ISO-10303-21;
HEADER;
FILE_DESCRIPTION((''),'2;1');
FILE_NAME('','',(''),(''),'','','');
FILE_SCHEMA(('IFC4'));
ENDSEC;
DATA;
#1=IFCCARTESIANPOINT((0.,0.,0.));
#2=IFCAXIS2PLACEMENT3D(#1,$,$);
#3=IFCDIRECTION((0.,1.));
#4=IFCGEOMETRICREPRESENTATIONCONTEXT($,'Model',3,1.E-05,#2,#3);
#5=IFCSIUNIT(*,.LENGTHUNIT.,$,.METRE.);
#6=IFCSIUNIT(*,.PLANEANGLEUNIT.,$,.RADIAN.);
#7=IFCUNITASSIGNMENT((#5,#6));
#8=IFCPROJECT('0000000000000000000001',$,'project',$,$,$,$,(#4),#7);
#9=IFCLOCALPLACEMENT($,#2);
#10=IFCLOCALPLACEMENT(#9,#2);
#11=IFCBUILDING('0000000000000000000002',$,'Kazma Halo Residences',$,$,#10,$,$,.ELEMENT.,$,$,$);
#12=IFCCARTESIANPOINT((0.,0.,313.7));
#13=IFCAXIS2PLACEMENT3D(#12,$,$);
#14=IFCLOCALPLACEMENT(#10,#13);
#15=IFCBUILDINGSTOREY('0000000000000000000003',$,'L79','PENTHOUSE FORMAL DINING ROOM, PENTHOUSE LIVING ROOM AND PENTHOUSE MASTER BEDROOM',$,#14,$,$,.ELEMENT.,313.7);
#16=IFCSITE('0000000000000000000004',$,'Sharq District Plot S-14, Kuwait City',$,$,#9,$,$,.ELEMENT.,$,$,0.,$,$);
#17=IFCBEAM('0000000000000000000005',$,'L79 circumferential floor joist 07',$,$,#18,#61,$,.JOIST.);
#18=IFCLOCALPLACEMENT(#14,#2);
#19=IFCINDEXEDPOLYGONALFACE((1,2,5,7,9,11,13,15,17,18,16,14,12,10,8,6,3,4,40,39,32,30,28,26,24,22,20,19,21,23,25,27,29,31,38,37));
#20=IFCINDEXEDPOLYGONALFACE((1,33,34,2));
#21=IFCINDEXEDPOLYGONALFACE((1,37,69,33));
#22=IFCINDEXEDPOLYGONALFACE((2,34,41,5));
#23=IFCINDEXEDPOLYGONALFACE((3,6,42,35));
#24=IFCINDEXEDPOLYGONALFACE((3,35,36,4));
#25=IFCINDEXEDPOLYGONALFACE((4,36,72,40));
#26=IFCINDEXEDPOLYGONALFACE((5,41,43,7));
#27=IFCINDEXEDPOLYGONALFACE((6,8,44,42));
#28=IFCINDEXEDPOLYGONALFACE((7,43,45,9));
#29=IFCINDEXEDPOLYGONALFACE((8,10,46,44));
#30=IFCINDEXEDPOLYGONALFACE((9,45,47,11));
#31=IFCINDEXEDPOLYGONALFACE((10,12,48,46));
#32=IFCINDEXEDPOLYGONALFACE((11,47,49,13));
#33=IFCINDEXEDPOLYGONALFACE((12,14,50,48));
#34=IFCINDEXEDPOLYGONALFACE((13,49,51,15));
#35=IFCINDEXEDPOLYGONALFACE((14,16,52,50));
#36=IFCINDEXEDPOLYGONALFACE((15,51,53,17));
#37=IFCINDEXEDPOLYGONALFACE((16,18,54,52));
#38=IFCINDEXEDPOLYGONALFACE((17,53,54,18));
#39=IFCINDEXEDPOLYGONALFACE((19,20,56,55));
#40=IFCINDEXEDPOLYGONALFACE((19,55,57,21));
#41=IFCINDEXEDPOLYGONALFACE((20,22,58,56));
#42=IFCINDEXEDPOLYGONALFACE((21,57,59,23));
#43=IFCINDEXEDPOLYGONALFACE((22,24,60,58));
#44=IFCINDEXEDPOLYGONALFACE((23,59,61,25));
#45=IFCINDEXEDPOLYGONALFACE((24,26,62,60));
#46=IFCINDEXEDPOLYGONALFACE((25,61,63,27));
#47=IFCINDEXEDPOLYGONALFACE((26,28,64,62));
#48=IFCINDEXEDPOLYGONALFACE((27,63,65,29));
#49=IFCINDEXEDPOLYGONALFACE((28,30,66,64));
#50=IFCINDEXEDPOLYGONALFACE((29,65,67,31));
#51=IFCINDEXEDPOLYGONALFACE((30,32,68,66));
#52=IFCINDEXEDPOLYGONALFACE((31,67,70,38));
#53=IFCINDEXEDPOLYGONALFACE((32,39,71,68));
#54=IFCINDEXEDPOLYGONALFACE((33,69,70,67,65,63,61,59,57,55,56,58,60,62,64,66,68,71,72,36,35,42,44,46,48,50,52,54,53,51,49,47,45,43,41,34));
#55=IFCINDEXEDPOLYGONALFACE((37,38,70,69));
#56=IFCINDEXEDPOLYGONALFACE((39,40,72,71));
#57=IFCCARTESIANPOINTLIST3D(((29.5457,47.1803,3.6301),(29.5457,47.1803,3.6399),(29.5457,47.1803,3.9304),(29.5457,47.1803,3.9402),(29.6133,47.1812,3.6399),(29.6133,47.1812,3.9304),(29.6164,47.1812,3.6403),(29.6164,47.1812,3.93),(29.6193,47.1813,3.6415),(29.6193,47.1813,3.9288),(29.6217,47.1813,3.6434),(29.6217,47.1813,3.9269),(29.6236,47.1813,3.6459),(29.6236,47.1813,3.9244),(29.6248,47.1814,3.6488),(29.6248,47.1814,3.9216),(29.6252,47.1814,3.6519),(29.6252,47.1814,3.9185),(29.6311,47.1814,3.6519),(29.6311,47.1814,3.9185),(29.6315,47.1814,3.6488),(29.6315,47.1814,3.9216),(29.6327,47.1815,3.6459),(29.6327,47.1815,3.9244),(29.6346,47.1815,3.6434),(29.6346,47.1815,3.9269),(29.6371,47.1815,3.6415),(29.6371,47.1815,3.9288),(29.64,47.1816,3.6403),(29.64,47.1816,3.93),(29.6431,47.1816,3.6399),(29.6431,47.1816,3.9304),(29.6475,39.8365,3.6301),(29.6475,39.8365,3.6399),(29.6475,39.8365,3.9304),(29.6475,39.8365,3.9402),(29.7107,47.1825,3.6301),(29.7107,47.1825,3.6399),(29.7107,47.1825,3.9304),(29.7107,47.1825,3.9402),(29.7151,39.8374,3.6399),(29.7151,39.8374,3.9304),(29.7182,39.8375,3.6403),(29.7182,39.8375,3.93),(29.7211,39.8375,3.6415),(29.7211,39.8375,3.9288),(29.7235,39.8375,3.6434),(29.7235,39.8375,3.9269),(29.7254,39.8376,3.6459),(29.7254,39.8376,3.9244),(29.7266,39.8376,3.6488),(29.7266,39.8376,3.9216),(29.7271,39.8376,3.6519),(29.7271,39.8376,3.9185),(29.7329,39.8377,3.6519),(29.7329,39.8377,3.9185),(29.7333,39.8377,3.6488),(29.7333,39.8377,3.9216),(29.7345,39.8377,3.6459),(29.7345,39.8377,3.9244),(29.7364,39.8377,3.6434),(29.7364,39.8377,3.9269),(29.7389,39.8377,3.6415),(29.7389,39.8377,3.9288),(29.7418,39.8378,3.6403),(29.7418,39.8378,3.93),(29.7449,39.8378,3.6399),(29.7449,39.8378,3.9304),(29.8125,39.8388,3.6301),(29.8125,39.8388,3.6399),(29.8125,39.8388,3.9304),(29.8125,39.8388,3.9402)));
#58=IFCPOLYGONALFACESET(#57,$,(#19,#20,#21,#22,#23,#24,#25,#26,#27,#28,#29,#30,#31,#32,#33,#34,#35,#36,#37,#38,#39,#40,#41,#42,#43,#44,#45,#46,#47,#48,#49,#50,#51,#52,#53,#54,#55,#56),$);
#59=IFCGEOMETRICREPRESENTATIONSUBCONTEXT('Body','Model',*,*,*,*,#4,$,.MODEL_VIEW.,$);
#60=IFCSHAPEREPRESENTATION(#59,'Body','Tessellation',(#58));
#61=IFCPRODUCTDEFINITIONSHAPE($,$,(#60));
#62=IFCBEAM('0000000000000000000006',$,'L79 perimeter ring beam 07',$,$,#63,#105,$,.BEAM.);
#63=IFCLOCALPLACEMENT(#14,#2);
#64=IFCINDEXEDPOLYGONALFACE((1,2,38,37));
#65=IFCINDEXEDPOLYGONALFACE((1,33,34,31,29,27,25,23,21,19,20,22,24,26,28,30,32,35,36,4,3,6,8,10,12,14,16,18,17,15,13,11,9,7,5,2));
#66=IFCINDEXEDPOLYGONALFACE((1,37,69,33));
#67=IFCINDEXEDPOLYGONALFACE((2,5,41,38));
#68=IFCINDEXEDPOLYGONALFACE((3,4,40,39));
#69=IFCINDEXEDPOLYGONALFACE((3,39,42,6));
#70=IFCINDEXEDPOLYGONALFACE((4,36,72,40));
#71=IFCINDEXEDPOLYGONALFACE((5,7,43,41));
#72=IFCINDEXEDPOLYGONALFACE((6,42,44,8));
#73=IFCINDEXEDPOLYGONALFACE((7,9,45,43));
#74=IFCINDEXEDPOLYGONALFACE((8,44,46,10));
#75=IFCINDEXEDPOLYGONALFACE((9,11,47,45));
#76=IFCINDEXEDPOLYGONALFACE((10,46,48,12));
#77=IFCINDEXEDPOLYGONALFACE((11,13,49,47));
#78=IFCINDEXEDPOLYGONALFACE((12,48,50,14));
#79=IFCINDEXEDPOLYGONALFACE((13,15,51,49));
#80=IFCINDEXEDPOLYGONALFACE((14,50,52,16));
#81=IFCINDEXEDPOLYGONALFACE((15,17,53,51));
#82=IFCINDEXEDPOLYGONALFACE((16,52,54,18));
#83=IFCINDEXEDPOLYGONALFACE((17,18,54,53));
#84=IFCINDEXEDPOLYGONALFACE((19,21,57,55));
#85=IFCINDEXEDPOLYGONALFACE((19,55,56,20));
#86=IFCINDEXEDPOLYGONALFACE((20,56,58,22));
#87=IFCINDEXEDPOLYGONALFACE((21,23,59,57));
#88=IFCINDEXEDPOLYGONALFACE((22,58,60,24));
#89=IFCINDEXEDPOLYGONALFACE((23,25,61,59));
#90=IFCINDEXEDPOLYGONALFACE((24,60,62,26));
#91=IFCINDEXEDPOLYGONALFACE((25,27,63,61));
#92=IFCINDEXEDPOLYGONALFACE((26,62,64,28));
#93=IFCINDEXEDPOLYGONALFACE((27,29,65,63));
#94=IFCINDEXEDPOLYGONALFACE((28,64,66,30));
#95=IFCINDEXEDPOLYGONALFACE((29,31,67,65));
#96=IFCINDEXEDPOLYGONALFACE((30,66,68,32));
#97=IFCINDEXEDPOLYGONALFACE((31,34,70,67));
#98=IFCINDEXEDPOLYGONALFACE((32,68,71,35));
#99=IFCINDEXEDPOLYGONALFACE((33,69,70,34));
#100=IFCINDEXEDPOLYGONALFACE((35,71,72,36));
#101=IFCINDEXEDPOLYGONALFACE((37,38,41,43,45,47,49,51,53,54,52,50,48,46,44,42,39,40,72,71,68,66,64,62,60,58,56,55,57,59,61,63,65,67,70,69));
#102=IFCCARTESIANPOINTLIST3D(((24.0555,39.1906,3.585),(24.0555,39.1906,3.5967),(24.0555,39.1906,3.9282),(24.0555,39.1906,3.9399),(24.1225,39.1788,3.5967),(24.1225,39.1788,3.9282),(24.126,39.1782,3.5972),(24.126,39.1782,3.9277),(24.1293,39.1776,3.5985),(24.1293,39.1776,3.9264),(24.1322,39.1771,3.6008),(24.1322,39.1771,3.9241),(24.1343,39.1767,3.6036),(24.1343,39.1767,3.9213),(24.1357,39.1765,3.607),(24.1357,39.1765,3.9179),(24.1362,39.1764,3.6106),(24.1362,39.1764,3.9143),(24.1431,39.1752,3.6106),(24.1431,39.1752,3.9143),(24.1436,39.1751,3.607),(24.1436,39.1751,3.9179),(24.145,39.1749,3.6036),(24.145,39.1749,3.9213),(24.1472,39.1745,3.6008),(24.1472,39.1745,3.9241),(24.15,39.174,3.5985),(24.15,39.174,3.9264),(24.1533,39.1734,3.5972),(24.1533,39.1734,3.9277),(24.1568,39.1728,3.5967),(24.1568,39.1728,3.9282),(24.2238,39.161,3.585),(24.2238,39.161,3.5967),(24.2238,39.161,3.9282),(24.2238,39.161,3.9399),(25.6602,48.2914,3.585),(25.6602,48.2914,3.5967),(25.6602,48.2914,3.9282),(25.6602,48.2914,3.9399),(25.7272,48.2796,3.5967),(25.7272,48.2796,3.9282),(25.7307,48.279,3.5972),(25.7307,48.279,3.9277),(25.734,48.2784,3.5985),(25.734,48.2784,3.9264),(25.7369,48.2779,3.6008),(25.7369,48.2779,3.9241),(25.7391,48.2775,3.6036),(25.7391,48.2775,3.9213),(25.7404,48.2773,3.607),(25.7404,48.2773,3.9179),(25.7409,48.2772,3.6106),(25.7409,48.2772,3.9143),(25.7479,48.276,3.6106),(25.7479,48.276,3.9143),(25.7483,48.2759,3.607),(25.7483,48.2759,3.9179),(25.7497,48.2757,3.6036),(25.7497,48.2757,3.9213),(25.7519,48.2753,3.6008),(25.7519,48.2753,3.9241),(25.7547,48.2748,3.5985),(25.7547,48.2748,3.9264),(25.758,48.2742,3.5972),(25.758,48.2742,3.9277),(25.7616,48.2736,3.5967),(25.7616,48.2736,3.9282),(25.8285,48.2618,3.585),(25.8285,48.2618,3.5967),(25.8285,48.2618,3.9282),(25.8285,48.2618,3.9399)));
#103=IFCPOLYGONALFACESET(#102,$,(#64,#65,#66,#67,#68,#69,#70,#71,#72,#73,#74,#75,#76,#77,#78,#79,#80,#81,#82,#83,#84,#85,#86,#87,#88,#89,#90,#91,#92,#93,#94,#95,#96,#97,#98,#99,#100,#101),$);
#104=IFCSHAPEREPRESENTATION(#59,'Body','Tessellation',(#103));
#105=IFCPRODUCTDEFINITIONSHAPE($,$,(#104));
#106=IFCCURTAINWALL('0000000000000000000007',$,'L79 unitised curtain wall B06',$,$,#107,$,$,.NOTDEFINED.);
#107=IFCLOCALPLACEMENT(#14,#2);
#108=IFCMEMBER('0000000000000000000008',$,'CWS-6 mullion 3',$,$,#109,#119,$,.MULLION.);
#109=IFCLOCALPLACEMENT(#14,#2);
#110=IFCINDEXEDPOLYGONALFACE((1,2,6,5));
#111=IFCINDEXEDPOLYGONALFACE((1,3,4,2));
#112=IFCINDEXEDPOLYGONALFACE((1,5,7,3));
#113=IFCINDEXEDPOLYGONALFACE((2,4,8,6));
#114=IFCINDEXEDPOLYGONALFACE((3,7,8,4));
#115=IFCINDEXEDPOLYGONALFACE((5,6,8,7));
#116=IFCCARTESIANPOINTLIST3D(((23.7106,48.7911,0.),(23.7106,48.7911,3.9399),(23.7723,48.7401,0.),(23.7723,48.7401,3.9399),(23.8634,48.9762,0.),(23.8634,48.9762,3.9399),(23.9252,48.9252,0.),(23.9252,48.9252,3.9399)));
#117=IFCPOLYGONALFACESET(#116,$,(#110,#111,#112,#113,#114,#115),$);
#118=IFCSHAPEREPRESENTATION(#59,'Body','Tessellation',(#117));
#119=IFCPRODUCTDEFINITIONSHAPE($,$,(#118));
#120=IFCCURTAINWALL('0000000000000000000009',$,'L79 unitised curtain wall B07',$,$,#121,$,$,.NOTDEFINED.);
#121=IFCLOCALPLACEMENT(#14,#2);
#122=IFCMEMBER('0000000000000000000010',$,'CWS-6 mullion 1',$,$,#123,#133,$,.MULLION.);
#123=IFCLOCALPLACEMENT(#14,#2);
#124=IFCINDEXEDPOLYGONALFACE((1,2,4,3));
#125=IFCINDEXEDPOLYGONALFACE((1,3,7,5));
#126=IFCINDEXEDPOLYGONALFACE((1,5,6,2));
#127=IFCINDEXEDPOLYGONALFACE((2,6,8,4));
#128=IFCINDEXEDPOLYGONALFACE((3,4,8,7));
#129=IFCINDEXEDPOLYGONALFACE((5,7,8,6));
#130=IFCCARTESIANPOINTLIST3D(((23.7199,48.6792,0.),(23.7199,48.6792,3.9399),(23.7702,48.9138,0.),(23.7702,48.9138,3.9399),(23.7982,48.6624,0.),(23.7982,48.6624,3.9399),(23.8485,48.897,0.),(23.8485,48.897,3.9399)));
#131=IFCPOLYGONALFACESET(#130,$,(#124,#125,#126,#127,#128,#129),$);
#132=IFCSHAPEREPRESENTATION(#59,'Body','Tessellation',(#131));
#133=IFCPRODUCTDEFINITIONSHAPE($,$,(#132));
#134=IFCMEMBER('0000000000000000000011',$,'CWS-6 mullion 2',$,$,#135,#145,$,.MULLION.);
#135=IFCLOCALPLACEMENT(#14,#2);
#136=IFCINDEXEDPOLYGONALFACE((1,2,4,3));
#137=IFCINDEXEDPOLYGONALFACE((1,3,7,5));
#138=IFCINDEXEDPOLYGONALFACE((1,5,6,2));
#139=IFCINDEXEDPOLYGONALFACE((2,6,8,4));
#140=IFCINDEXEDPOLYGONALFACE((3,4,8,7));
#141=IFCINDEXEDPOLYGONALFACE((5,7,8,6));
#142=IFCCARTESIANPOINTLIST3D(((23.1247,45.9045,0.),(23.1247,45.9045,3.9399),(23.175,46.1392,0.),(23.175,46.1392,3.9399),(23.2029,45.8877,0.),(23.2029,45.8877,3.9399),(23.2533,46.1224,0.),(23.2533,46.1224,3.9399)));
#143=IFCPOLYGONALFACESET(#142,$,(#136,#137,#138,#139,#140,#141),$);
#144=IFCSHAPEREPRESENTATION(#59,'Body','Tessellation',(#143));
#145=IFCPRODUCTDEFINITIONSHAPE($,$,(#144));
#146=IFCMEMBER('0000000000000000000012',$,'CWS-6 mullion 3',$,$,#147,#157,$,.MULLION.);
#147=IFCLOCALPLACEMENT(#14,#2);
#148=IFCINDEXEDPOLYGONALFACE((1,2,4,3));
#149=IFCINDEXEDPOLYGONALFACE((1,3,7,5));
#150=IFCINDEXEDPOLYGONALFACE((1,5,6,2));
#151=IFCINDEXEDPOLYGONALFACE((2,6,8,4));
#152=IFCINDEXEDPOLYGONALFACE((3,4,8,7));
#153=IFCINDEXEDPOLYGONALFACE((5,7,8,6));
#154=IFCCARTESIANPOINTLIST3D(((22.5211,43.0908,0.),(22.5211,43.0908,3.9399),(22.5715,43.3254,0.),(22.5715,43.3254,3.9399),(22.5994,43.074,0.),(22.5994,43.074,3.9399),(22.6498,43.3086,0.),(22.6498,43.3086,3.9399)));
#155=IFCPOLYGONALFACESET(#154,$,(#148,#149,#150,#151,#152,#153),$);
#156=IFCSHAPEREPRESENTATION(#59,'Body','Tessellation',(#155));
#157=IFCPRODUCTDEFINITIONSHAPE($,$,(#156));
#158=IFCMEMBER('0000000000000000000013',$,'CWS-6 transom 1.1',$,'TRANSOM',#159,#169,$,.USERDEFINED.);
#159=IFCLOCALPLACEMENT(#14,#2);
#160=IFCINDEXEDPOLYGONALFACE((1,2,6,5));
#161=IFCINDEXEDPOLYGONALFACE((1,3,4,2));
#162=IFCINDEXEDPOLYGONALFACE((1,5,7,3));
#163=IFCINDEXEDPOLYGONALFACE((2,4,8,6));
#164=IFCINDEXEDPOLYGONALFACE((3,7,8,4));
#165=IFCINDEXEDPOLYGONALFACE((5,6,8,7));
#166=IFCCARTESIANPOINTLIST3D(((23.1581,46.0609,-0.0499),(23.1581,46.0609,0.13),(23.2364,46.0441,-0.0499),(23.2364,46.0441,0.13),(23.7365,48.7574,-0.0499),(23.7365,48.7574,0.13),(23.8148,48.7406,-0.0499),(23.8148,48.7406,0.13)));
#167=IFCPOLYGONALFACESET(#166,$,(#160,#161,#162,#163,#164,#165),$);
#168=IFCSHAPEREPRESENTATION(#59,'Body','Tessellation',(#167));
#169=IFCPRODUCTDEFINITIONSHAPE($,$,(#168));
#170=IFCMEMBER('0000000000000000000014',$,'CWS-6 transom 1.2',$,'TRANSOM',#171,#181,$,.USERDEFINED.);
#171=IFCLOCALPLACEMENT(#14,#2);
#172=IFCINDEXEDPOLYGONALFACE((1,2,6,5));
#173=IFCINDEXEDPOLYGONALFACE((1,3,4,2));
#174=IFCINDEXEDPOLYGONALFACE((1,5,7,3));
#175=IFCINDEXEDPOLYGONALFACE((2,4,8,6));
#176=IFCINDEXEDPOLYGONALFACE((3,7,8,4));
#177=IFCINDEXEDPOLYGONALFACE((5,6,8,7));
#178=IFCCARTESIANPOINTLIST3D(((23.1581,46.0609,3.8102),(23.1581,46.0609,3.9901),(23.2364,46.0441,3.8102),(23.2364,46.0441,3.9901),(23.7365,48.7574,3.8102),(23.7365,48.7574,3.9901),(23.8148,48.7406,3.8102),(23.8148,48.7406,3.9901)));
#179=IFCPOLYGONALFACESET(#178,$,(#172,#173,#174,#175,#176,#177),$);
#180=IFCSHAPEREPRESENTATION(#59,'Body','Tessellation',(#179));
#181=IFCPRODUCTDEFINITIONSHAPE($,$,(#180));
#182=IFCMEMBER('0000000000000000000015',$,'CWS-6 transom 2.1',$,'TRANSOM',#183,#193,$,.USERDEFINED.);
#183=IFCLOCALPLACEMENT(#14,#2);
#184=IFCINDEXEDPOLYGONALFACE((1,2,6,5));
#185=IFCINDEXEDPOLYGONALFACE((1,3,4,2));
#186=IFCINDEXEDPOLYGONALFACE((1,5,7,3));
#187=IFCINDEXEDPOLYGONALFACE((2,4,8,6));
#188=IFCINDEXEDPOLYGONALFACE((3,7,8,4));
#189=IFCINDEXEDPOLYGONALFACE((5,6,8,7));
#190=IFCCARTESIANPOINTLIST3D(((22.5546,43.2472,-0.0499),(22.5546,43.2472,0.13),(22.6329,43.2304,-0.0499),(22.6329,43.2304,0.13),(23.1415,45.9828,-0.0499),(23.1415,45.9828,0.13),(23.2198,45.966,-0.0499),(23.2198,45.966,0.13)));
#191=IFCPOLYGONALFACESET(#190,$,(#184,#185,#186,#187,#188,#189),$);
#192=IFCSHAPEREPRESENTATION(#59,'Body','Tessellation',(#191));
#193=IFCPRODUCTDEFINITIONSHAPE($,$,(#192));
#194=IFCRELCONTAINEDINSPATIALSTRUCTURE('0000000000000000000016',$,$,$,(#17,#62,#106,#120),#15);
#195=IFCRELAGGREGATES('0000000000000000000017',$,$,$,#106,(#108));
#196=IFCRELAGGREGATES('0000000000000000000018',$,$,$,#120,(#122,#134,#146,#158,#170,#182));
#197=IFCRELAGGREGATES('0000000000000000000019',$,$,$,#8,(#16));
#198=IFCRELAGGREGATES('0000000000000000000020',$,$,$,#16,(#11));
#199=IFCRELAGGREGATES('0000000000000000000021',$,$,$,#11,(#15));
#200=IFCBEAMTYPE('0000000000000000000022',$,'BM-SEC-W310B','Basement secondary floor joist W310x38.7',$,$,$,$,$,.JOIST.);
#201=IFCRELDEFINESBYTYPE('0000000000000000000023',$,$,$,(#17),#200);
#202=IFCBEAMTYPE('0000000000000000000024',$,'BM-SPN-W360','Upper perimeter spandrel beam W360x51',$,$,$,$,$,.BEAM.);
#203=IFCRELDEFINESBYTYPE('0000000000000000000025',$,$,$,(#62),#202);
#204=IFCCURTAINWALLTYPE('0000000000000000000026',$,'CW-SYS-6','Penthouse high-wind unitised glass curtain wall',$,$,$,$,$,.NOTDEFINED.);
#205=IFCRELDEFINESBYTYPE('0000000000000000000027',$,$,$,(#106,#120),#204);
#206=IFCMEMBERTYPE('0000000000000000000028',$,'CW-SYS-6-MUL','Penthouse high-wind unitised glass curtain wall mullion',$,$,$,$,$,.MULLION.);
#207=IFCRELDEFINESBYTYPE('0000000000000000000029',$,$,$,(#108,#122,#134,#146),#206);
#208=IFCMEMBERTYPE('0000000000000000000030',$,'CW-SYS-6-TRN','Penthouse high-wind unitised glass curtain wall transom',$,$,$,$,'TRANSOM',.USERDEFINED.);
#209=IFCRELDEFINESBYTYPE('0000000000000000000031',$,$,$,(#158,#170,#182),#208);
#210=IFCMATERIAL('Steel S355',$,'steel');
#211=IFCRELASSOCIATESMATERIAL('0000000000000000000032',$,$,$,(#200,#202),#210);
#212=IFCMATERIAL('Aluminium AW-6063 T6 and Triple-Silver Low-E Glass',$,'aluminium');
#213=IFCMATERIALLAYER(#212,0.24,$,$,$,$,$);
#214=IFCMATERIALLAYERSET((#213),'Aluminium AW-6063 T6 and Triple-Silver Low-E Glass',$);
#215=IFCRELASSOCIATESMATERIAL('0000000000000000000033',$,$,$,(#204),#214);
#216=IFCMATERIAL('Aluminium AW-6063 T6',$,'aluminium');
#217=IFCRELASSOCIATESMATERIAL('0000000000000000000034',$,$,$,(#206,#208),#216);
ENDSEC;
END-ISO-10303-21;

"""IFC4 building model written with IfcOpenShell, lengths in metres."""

from ifc_helpers import new_model, si_unit, direction, frame, origin, origin_2d, place, context, subcontext, project, spatial, rectangle, i_section, extrude, material, layer, layer_set, material_profile, profile_set, type_object, element, aggregate, save


model = new_model("IFC4")

# Units and contexts
model_context = context("Model", 3, precision=1e-05, world=origin(), true_north=direction((0.0, 1.0)))
body_context = subcontext(model_context, "Body", "Model", "MODEL_VIEW")
ifc_project = project(units=[si_unit("LENGTHUNIT", "METRE"), si_unit("PLANEANGLEUNIT", "RADIAN")], contexts=[model_context])

# Site, building, storey
site_placement = place(None, origin())
site = spatial("IfcSite", under=ifc_project, at=site_placement, Name="Sharq District Plot S-14, Kuwait City", CompositionType="ELEMENT", RefElevation=0.0)
building_placement = place(site_placement, origin())
building = spatial("IfcBuilding", under=site, at=building_placement, Name="Kazma Halo Residences", CompositionType="ELEMENT")
storey_placement = place(building_placement, frame((0.0, 0.0, 313.7)))
storey = spatial("IfcBuildingStorey", under=building, at=storey_placement, Name="L79", Description="PENTHOUSE FORMAL DINING ROOM, PENTHOUSE LIVING ROOM AND PENTHOUSE MASTER BEDROOM", CompositionType="ELEMENT", Elevation=313.7)

# Beams
ifc_material_1 = material(Name="Steel S355", Category="steel")
ifc_material_profile_1 = material_profile(ifc_material_1, i_section(OverallWidth=0.165, OverallDepth=0.3101, WebThickness=0.0059, FlangeThickness=0.0098, FilletRadius=0.012, at=origin_2d()), Name="W310x38.7")
ifc_profile_set_1 = profile_set([ifc_material_profile_1], Name="Steel S355")
beam_type_1 = type_object("IfcBeamType", Name="BM-SEC-W310B", Description="Basement secondary floor joist W310x38.7", PredefinedType="JOIST", material=ifc_profile_set_1)
beam_1_placement = place(storey_placement, frame((29.6282, 47.1814, 3.7852), z_axis=(0.013862, -0.999904, 0.0), x_axis=(0.999904, 0.013862, 0.0)))
element("IfcBeam", 1, at=beam_1_placement, inside=storey, type_object=beam_type_1, Name="L79 circumferential floor joist 07", PredefinedType="JOIST", context=body_context, shape_type="SweptSolid", body=[
    extrude(i_section(OverallWidth=0.165, OverallDepth=0.3101, WebThickness=0.0059, FlangeThickness=0.0098, FilletRadius=0.012, at=origin_2d()), origin(), (0.0, 0.0, 1.0), 7.3445),
])
ifc_material_profile_2 = material_profile(ifc_material_1, i_section(OverallWidth=0.1709, OverallDepth=0.355, WebThickness=0.0071, FlangeThickness=0.0117, FilletRadius=0.0139, at=origin_2d()), Name="W360x51")
ifc_profile_set_2 = profile_set([ifc_material_profile_2], Name="Steel S355")
beam_type_2 = type_object("IfcBeamType", Name="BM-SPN-W360", Description="Upper perimeter spandrel beam W360x51", PredefinedType="BEAM", material=ifc_profile_set_2)
beam_2_placement = place(storey_placement, frame((25.7444, 48.2766, 3.7625), z_axis=(-0.17365, -0.984807, 0.0), x_axis=(0.984807, -0.17365, 0.0)))
element("IfcBeam", 2, at=beam_2_placement, inside=storey, type_object=beam_type_2, Name="L79 perimeter ring beam 07", PredefinedType="BEAM", context=body_context, shape_type="SweptSolid", body=[
    extrude(i_section(OverallWidth=0.1709, OverallDepth=0.355, WebThickness=0.0071, FlangeThickness=0.0117, FilletRadius=0.0139, at=origin_2d()), origin(), (0.0, 0.0, 1.0), 9.2412),
])

# Curtain wall, member
ifc_material_2 = material(Name="Aluminium AW-6063 T6 and Triple-Silver Low-E Glass", Category="aluminium")
ifc_layer_1 = layer(ifc_material_2, 0.24)
ifc_layer_set_1 = layer_set([ifc_layer_1], Name="Aluminium AW-6063 T6 and Triple-Silver Low-E Glass")
curtain_wall_type = type_object("IfcCurtainWallType", Name="CW-SYS-6", Description="Penthouse high-wind unitised glass curtain wall", PredefinedType="NOTDEFINED", material=ifc_layer_set_1)
curtain_wall_1_placement = place(storey_placement, origin())
curtain_wall_1 = element("IfcCurtainWall", 3, at=curtain_wall_1_placement, inside=storey, type_object=curtain_wall_type, Name="L79 unitised curtain wall B06", PredefinedType="NOTDEFINED")
ifc_material_3 = material(Name="Aluminium AW-6063 T6", Category="aluminium")
ifc_material_profile_3 = material_profile(ifc_material_3, rectangle(XDim=0.0801, YDim=0.24, at=origin_2d()), Name="CWM-80x240")
ifc_profile_set_3 = profile_set([ifc_material_profile_3], Name="Aluminium AW-6063 T6")
member_type_1 = type_object("IfcMemberType", Name="CW-SYS-6-MUL", Description="Penthouse high-wind unitised glass curtain wall mullion", PredefinedType="MULLION", material=ifc_profile_set_3)
member_1_placement = place(storey_placement, frame((23.8179, 48.8582, 0.0), z_axis=(0.0, 0.0, 1.0), x_axis=(0.771014, -0.636818, 0.0)))
member_1 = element("IfcMember", 4, at=member_1_placement, type_object=member_type_1, Name="CWS-6 mullion 3", PredefinedType="MULLION", context=body_context, shape_type="SweptSolid", body=[
    extrude(rectangle(XDim=0.0801, YDim=0.24, at=origin_2d()), origin(), (0.0, 0.0, 1.0), 3.9399),
])
aggregate(curtain_wall_1, [member_1])

# Curtain wall, members
curtain_wall_2_placement = place(storey_placement, origin())
curtain_wall_2 = element("IfcCurtainWall", 5, at=curtain_wall_2_placement, inside=storey, type_object=curtain_wall_type, Name="L79 unitised curtain wall B07", PredefinedType="NOTDEFINED")
member_2_placement = place(storey_placement, frame((23.7842, 48.7881, 0.0), z_axis=(0.0, 0.0, 1.0), x_axis=(0.977761, -0.209723, 0.0)))
member_2 = element("IfcMember", 6, at=member_2_placement, type_object=member_type_1, Name="CWS-6 mullion 1", PredefinedType="MULLION", context=body_context, shape_type="SweptSolid", body=[
    extrude(rectangle(XDim=0.0801, YDim=0.24, at=origin_2d()), origin(), (0.0, 0.0, 1.0), 3.9399),
])
member_3_placement = place(storey_placement, frame((23.189, 46.0134, 0.0), z_axis=(0.0, 0.0, 1.0), x_axis=(0.977761, -0.209723, 0.0)))
member_3 = element("IfcMember", 7, at=member_3_placement, type_object=member_type_1, Name="CWS-6 mullion 2", PredefinedType="MULLION", context=body_context, shape_type="SweptSolid", body=[
    extrude(rectangle(XDim=0.0801, YDim=0.24, at=origin_2d()), origin(), (0.0, 0.0, 1.0), 3.9399),
])
member_4_placement = place(storey_placement, frame((22.5854, 43.1997, 0.0), z_axis=(0.0, 0.0, 1.0), x_axis=(0.977761, -0.209723, 0.0)))
member_4 = element("IfcMember", 8, at=member_4_placement, type_object=member_type_1, Name="CWS-6 mullion 3", PredefinedType="MULLION", context=body_context, shape_type="SweptSolid", body=[
    extrude(rectangle(XDim=0.0801, YDim=0.24, at=origin_2d()), origin(), (0.0, 0.0, 1.0), 3.9399),
])
ifc_material_profile_4 = material_profile(ifc_material_3, rectangle(XDim=0.0801, YDim=0.1799, at=origin_2d()), Name="CWT-80x180")
ifc_profile_set_4 = profile_set([ifc_material_profile_4], Name="Aluminium AW-6063 T6")
member_type_2 = type_object("IfcMemberType", Name="CW-SYS-6-TRN", Description="Penthouse high-wind unitised glass curtain wall transom", ElementType="TRANSOM", PredefinedType="USERDEFINED", material=ifc_profile_set_4)
member_5_placement = place(storey_placement, frame((23.7756, 48.749, 0.04), z_axis=(-0.209716, -0.977762, 0.0), x_axis=(0.977762, -0.209716, 0.0)))
member_5 = element("IfcMember", 9, at=member_5_placement, type_object=member_type_2, Name="CWS-6 transom 1.1", ObjectType="TRANSOM", PredefinedType="USERDEFINED", context=body_context, shape_type="SweptSolid", body=[
    extrude(rectangle(XDim=0.0801, YDim=0.1799, at=origin_2d()), origin(), (0.0, 0.0, 1.0), 2.7578),
])
member_6_placement = place(storey_placement, frame((23.7756, 48.749, 3.9001), z_axis=(-0.209716, -0.977762, 0.0), x_axis=(0.977762, -0.209716, 0.0)))
member_6 = element("IfcMember", 10, at=member_6_placement, type_object=member_type_2, Name="CWS-6 transom 1.2", ObjectType="TRANSOM", PredefinedType="USERDEFINED", context=body_context, shape_type="SweptSolid", body=[
    extrude(rectangle(XDim=0.0801, YDim=0.1799, at=origin_2d()), origin(), (0.0, 0.0, 1.0), 2.7578),
])
member_7_placement = place(storey_placement, frame((23.1807, 45.9744, 0.04), z_axis=(-0.209773, -0.97775, 0.0), x_axis=(0.97775, -0.209773, 0.0)))
member_7 = element("IfcMember", 11, at=member_7_placement, type_object=member_type_2, Name="CWS-6 transom 2.1", ObjectType="TRANSOM", PredefinedType="USERDEFINED", context=body_context, shape_type="SweptSolid", body=[
    extrude(rectangle(XDim=0.0801, YDim=0.1799, at=origin_2d()), origin(), (0.0, 0.0, 1.0), 2.7979),
])
aggregate(curtain_wall_2, [member_2, member_3, member_4, member_5, member_6, member_7])

save(model, "model.ifc")
